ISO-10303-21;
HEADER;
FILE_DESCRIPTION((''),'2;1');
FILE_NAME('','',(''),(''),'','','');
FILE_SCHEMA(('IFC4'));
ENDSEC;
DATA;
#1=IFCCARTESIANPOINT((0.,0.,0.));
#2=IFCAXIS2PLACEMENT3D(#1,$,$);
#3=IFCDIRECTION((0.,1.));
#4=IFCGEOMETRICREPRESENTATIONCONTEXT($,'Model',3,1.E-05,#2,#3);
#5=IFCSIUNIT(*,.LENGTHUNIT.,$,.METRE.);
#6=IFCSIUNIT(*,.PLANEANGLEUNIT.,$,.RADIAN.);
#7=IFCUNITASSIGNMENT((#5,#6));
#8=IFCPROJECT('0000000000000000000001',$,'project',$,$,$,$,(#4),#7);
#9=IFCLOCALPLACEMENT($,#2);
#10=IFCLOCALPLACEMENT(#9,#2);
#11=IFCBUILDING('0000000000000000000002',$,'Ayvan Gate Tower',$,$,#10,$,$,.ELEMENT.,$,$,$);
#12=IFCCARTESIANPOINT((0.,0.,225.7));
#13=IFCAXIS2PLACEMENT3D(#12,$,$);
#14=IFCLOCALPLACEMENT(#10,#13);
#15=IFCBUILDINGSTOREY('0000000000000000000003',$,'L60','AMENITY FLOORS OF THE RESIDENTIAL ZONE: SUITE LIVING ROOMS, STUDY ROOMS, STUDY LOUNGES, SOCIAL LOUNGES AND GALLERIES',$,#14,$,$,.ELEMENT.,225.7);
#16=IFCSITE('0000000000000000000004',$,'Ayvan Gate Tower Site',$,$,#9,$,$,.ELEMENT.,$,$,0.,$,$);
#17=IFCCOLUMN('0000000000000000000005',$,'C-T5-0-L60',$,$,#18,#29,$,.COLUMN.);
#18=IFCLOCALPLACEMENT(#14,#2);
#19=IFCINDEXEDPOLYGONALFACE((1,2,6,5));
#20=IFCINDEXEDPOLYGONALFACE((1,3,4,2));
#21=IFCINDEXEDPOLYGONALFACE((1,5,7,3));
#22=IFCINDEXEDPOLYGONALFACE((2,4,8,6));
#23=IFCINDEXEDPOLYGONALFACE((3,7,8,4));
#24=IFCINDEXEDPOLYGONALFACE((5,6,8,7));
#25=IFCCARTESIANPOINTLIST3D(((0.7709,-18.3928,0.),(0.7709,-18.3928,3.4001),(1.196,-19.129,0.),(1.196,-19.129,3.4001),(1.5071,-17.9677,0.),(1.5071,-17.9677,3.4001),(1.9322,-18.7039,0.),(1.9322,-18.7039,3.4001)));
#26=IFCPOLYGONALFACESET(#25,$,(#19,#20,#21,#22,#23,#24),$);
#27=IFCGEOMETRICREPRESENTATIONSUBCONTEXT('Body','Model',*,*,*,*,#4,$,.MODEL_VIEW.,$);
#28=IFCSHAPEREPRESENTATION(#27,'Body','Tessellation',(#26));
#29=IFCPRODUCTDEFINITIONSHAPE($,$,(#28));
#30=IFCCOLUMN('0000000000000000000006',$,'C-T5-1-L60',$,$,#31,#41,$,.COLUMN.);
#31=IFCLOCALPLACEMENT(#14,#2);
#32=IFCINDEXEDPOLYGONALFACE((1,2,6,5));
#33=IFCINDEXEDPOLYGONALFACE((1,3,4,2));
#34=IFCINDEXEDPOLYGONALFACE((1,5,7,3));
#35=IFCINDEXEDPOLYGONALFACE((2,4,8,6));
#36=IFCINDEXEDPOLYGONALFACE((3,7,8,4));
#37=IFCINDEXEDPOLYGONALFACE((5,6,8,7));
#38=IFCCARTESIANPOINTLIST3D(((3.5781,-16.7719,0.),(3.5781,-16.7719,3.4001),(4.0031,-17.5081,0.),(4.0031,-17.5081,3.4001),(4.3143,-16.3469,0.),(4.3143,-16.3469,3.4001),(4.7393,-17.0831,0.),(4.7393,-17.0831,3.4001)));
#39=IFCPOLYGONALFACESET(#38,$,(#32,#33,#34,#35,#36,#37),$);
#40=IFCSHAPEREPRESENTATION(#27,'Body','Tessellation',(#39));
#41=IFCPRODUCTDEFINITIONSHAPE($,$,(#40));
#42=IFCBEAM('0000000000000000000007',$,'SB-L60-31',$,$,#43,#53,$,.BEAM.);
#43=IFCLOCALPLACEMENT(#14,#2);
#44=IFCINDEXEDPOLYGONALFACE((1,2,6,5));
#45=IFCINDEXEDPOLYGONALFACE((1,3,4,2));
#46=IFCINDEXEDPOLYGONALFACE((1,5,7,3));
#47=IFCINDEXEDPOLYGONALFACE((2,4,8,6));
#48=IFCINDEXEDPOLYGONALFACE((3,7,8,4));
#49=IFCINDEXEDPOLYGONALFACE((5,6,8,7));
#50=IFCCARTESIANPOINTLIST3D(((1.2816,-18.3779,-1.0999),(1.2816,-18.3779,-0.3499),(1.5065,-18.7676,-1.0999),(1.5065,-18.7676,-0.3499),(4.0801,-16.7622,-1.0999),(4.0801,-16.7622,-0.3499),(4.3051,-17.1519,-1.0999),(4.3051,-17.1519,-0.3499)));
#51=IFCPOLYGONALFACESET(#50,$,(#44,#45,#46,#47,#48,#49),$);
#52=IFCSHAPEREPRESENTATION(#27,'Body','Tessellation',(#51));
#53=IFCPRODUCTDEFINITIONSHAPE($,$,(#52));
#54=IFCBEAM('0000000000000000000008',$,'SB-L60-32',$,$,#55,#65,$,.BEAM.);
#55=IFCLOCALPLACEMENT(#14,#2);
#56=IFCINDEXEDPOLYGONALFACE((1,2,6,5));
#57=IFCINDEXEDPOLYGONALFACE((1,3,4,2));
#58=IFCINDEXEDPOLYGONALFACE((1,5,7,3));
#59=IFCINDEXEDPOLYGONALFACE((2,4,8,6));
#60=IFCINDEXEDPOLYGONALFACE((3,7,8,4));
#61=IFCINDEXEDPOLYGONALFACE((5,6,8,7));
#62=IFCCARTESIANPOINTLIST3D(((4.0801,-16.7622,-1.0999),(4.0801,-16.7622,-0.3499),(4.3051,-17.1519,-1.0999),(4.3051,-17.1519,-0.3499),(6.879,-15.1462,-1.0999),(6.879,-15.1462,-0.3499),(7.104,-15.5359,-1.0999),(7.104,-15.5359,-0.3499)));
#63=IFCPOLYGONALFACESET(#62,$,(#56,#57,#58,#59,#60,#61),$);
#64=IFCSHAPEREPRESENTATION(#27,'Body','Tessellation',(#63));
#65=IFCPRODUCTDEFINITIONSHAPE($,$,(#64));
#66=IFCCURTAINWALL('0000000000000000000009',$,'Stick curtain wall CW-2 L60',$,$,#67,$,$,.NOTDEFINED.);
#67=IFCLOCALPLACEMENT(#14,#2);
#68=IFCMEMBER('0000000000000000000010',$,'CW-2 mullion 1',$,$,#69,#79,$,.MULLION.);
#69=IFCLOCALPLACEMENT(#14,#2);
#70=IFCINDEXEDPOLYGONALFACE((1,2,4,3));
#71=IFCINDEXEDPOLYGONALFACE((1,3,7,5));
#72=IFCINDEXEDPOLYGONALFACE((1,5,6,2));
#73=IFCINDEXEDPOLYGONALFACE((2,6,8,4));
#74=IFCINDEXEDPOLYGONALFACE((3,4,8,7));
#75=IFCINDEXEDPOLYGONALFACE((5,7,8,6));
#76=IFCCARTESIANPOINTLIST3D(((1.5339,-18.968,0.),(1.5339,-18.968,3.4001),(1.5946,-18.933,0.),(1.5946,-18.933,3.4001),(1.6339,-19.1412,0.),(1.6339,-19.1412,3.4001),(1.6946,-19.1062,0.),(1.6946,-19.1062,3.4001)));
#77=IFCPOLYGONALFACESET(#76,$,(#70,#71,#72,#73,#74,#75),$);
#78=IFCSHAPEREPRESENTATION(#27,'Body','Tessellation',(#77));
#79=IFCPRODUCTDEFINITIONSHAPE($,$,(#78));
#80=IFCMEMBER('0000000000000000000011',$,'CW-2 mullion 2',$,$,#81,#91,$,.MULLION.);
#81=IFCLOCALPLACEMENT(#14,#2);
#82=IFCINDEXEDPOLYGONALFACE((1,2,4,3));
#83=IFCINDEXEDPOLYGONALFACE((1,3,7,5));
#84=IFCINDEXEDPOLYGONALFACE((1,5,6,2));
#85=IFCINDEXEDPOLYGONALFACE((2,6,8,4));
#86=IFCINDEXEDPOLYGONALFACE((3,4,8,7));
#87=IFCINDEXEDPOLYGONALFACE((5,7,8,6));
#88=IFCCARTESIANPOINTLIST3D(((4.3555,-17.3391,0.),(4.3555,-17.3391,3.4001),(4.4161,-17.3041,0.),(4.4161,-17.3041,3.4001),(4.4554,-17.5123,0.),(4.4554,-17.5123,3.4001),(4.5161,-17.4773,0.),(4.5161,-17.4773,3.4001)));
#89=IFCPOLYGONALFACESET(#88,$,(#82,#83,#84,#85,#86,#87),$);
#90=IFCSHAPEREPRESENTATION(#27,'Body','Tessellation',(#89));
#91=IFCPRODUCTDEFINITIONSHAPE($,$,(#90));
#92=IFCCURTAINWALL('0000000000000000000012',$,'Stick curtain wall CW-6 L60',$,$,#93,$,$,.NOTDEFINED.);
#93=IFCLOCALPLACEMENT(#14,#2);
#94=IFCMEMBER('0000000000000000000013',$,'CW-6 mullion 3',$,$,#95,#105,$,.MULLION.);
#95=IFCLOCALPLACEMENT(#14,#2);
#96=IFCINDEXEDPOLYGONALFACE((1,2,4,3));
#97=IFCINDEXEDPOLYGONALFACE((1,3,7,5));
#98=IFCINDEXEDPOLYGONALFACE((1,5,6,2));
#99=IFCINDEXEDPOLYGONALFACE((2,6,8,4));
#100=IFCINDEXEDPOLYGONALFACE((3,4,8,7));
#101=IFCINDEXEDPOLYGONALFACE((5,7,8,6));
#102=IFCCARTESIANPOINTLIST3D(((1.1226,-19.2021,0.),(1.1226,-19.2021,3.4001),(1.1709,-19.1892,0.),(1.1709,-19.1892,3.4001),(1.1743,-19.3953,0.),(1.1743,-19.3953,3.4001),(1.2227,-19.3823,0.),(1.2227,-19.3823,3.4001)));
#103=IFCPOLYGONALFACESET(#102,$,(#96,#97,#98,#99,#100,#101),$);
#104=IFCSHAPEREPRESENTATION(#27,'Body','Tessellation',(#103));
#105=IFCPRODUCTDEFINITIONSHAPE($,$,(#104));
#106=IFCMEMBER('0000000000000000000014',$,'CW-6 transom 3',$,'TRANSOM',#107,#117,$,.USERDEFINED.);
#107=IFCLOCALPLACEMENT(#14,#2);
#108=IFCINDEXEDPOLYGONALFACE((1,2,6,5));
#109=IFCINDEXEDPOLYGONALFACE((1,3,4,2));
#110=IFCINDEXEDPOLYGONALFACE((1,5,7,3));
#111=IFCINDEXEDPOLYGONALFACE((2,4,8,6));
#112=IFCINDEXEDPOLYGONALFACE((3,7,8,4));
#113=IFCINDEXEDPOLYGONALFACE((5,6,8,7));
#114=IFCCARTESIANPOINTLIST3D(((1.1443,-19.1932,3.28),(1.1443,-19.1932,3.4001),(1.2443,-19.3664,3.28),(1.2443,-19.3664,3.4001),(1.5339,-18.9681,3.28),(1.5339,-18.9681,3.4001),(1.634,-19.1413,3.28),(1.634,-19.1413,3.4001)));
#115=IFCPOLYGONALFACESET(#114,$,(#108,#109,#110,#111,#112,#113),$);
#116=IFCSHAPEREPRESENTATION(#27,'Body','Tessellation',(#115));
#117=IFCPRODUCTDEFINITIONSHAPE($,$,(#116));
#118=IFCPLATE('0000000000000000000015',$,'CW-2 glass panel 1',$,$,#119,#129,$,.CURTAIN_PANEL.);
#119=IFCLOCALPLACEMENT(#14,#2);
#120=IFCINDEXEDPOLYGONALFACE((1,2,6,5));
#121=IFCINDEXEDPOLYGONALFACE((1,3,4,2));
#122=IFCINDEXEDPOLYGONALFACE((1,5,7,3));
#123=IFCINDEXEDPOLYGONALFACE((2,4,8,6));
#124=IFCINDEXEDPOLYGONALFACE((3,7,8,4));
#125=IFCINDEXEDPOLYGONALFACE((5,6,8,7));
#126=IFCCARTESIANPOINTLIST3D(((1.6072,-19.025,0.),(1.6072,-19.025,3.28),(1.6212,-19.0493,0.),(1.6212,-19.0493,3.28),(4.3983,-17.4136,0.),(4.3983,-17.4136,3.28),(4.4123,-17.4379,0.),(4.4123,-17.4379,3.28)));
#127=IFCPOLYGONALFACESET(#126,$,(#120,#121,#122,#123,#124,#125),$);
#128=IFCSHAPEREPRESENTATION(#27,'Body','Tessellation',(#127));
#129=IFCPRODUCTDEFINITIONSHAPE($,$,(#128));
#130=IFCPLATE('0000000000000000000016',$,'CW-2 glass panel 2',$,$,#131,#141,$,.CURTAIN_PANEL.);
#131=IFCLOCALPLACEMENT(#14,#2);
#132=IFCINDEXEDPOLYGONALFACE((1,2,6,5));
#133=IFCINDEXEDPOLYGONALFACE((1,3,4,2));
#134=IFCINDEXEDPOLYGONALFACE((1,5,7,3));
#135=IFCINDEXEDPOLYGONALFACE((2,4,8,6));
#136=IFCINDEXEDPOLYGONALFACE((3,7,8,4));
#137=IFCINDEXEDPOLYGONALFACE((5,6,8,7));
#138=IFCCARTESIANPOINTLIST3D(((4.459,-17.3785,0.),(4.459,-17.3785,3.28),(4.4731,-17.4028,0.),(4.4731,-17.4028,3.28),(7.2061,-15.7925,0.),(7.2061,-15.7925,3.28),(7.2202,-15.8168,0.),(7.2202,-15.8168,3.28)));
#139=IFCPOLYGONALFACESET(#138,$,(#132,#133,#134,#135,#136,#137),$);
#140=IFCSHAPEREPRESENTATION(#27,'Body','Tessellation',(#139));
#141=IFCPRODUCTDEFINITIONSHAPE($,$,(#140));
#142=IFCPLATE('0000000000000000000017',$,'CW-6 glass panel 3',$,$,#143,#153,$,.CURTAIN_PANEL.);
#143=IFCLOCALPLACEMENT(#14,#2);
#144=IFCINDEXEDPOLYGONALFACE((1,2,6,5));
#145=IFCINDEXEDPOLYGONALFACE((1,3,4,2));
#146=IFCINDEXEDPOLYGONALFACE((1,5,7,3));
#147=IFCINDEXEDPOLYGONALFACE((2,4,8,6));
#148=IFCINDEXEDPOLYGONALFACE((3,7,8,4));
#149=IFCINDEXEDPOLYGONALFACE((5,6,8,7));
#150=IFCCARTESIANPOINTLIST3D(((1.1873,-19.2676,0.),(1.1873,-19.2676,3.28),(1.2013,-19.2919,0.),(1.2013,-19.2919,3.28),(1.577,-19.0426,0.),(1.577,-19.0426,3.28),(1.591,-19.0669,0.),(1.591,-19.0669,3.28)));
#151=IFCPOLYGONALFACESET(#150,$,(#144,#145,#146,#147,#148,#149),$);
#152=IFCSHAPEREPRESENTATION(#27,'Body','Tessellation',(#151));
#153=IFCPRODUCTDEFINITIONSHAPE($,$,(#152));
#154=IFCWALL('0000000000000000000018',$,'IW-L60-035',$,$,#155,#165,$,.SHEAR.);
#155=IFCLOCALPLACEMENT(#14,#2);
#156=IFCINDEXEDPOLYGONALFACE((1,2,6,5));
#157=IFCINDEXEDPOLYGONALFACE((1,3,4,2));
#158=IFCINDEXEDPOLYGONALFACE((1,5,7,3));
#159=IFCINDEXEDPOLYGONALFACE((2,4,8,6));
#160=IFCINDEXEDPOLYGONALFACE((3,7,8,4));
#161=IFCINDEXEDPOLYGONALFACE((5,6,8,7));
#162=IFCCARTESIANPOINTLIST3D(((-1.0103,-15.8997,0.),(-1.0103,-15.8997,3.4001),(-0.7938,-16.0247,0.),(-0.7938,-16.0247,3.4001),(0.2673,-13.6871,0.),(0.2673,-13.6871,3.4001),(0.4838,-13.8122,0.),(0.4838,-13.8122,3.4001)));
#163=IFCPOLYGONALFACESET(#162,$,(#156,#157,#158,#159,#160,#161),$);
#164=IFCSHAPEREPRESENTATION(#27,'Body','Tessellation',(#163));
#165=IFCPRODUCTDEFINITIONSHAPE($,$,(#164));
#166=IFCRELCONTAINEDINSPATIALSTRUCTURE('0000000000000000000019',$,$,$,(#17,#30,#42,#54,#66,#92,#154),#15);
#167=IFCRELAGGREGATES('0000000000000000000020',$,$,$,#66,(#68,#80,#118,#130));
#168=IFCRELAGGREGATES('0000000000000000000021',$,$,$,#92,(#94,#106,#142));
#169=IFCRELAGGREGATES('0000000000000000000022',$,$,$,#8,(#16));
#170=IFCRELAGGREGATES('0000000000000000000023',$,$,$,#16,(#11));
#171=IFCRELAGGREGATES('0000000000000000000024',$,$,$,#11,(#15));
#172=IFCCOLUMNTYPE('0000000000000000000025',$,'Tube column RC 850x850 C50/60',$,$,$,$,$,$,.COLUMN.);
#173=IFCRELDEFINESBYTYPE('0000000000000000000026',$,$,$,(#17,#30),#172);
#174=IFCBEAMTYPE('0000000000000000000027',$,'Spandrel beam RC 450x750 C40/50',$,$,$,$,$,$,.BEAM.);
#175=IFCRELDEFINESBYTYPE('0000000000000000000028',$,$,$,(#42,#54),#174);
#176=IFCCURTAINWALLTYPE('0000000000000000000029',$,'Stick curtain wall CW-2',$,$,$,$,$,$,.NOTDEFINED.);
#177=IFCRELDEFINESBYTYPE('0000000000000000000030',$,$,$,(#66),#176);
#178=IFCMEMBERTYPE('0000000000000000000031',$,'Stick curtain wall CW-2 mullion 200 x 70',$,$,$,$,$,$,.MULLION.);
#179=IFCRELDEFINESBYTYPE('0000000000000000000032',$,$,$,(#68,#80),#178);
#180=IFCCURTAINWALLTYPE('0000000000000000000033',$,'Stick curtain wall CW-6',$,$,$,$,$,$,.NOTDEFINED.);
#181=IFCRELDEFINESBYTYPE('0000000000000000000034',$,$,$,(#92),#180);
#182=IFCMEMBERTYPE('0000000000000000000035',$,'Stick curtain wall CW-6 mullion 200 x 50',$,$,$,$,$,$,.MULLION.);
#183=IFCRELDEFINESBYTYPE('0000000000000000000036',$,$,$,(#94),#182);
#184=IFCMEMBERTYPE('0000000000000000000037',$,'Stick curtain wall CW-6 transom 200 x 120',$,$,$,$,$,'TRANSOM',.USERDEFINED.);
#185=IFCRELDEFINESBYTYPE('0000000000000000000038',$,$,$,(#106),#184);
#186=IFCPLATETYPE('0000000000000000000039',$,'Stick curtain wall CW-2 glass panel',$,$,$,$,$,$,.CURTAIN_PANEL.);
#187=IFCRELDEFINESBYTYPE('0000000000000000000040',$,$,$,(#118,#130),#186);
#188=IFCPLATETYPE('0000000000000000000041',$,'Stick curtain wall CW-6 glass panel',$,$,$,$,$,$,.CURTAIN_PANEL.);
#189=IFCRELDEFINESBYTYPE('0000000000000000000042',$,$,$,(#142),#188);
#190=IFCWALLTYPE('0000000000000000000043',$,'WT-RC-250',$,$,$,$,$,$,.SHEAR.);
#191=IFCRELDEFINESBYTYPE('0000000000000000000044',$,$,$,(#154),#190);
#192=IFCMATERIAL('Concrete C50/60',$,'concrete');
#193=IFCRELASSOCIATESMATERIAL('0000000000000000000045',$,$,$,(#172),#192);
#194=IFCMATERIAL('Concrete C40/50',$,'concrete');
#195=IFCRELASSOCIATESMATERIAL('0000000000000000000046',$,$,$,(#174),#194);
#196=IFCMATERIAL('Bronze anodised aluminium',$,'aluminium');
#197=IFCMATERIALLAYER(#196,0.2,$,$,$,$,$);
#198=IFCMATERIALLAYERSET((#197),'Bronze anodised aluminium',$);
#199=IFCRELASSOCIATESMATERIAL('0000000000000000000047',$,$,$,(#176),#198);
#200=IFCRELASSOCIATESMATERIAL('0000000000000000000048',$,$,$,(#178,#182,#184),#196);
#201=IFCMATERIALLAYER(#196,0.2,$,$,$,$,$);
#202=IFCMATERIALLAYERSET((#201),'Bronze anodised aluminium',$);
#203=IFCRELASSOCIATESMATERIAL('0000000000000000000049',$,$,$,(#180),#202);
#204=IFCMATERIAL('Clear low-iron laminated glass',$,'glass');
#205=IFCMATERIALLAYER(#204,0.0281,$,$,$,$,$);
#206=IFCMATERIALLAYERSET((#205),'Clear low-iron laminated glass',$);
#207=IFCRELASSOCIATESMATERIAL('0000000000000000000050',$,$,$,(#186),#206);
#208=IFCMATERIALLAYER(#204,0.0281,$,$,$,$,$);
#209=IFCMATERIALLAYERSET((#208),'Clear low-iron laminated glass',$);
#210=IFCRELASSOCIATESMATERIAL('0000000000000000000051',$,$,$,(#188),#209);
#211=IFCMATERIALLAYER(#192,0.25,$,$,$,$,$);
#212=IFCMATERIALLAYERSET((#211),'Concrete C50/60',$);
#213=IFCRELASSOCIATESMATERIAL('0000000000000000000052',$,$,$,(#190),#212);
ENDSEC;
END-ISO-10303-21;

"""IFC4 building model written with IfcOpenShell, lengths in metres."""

from ifc_helpers import new_model, si_unit, direction, frame, frame_2d, origin, origin_2d, place, context, subcontext, project, spatial, rectangle, extrude, material, layer, layer_set, material_profile, profile_set, type_object, element, aggregate, save


model = new_model("IFC4")

# Units and contexts
model_context = context("Model", 3, precision=1e-05, world=origin(), true_north=direction((0.0, 1.0)))
body_context = subcontext(model_context, "Body", "Model", "MODEL_VIEW")
ifc_project = project(units=[si_unit("LENGTHUNIT", "METRE"), si_unit("PLANEANGLEUNIT", "RADIAN")], contexts=[model_context])

# Site, building, storey
site_placement = place(None, origin())
site = spatial("IfcSite", under=ifc_project, at=site_placement, Name="Ayvan Gate Tower Site", CompositionType="ELEMENT", RefElevation=0.0)
building_placement = place(site_placement, origin())
building = spatial("IfcBuilding", under=site, at=building_placement, Name="Ayvan Gate Tower", CompositionType="ELEMENT")
storey_placement = place(building_placement, frame((0.0, 0.0, 225.7)))
storey = spatial("IfcBuildingStorey", under=building, at=storey_placement, Name="L60", Description="AMENITY FLOORS OF THE RESIDENTIAL ZONE: SUITE LIVING ROOMS, STUDY ROOMS, STUDY LOUNGES, SOCIAL LOUNGES AND GALLERIES", CompositionType="ELEMENT", Elevation=225.7)

# Columns
ifc_material_1 = material(Name="Concrete C50/60", Category="concrete")
ifc_material_profile_1 = material_profile(ifc_material_1, rectangle(XDim=0.8501, YDim=0.8501, at=origin_2d()), Name="RC 850x850")
ifc_profile_set_1 = profile_set([ifc_material_profile_1], Name="Concrete C50/60")
column_type = type_object("IfcColumnType", Name="Tube column RC 850x850 C50/60", PredefinedType="COLUMN", material=ifc_profile_set_1)
for number, where, z_axis, x_axis, name in (
    (1, (1.3516, -18.5483, 0.0), (0.0, 0.0, 1.0), (0.5, -0.866025, 0.0), "C-T5-0-L60"),
    (2, (4.1587, -16.9275, 0.0), (0.0, 0.0, 1.0), (0.5, -0.866025, 0.0), "C-T5-1-L60"),
):
    element("IfcColumn", number, at=place(storey_placement, frame(where, z_axis=z_axis, x_axis=x_axis)), inside=storey, type_object=column_type, Name=name, PredefinedType="COLUMN", context=body_context, shape_type="SweptSolid", body=[
        extrude(rectangle(XDim=0.8501, YDim=0.8501, at=origin_2d()), origin(), (0.0, 0.0, 1.0), 3.4001),
    ])

# Beams
ifc_material_2 = material(Name="Concrete C40/50", Category="concrete")
ifc_material_profile_2 = material_profile(ifc_material_2, rectangle(XDim=0.45, YDim=0.75, at=origin_2d()), Name="RC 450x750")
ifc_profile_set_2 = profile_set([ifc_material_profile_2], Name="Concrete C40/50")
beam_type = type_object("IfcBeamType", Name="Spandrel beam RC 450x750 C40/50", PredefinedType="BEAM", material=ifc_profile_set_2)
beam_1_placement = place(storey_placement, frame((1.394, -18.5728, -0.7249), z_axis=(0.866031, 0.499991, 0.0), x_axis=(-0.499991, 0.866031, 0.0)))
element("IfcBeam", 3, at=beam_1_placement, inside=storey, type_object=beam_type, Name="SB-L60-31", PredefinedType="BEAM", context=body_context, shape_type="SweptSolid", body=[
    extrude(rectangle(XDim=0.45, YDim=0.75, at=origin_2d()), origin(), (0.0, 0.0, 1.0), 3.2314),
])
beam_2_placement = place(storey_placement, frame((4.1926, -16.957, -0.7249), z_axis=(0.866017, 0.500015, 0.0), x_axis=(-0.500015, 0.866017, 0.0)))
element("IfcBeam", 4, at=beam_2_placement, inside=storey, type_object=beam_type, Name="SB-L60-32", PredefinedType="BEAM", context=body_context, shape_type="SweptSolid", body=[
    extrude(rectangle(XDim=0.45, YDim=0.75, at=origin_2d()), origin(), (0.0, 0.0, 1.0), 3.2319),
])

# Curtain walls, members
ifc_material_3 = material(Name="Bronze anodised aluminium", Category="aluminium")
ifc_layer_1 = layer(ifc_material_3, 0.2)
ifc_layer_set_1 = layer_set([ifc_layer_1], Name="Bronze anodised aluminium")
curtain_wall_type_1 = type_object("IfcCurtainWallType", Name="Stick curtain wall CW-2", PredefinedType="NOTDEFINED", material=ifc_layer_set_1)
curtain_wall_1_placement = place(storey_placement, origin())
curtain_wall_1 = element("IfcCurtainWall", 5, at=curtain_wall_1_placement, inside=storey, type_object=curtain_wall_type_1, Name="Stick curtain wall CW-2 L60", PredefinedType="NOTDEFINED")
ifc_material_profile_3 = material_profile(ifc_material_3, rectangle(XDim=0.2, YDim=0.0701, at=origin_2d()), Name="Stick curtain wall CW-2 mullion 200 x 70")
ifc_profile_set_3 = profile_set([ifc_material_profile_3], Name="Bronze anodised aluminium")
member_type_1 = type_object("IfcMemberType", Name="Stick curtain wall CW-2 mullion 200 x 70", PredefinedType="MULLION", material=ifc_profile_set_3)
member_1_placement = place(storey_placement, frame((1.6143, -19.0371, 0.0), z_axis=(0.0, 0.0, 1.0), x_axis=(0.5, -0.866025, 0.0)))
member_1 = element("IfcMember", 6, at=member_1_placement, type_object=member_type_1, Name="CW-2 mullion 1", PredefinedType="MULLION", context=body_context, shape_type="SweptSolid", body=[
    extrude(rectangle(XDim=0.2, YDim=0.0701, at=origin_2d()), origin(), (0.0, 0.0, 1.0), 3.4001),
])
member_2_placement = place(storey_placement, frame((4.4358, -17.4082, 0.0), z_axis=(0.0, 0.0, 1.0), x_axis=(0.5, -0.866025, 0.0)))
member_2 = element("IfcMember", 7, at=member_2_placement, type_object=member_type_1, Name="CW-2 mullion 2", PredefinedType="MULLION", context=body_context, shape_type="SweptSolid", body=[
    extrude(rectangle(XDim=0.2, YDim=0.0701, at=origin_2d()), origin(), (0.0, 0.0, 1.0), 3.4001),
])
ifc_layer_2 = layer(ifc_material_3, 0.2)
ifc_layer_set_2 = layer_set([ifc_layer_2], Name="Bronze anodised aluminium")
curtain_wall_type_2 = type_object("IfcCurtainWallType", Name="Stick curtain wall CW-6", PredefinedType="NOTDEFINED", material=ifc_layer_set_2)
curtain_wall_2_placement = place(storey_placement, origin())
curtain_wall_2 = element("IfcCurtainWall", 8, at=curtain_wall_2_placement, inside=storey, type_object=curtain_wall_type_2, Name="Stick curtain wall CW-6 L60", PredefinedType="NOTDEFINED")
ifc_material_profile_4 = material_profile(ifc_material_3, rectangle(XDim=0.2, YDim=0.05, at=origin_2d()), Name="Stick curtain wall CW-6 mullion 200 x 50")
ifc_profile_set_4 = profile_set([ifc_material_profile_4], Name="Bronze anodised aluminium")
member_type_2 = type_object("IfcMemberType", Name="Stick curtain wall CW-6 mullion 200 x 50", PredefinedType="MULLION", material=ifc_profile_set_4)
member_3_placement = place(storey_placement, frame((1.1726, -19.2922, 0.0), z_axis=(0.0, 0.0, 1.0), x_axis=(0.258819, -0.965926, 0.0)))
member_3 = element("IfcMember", 9, at=member_3_placement, type_object=member_type_2, Name="CW-6 mullion 3", PredefinedType="MULLION", context=body_context, shape_type="SweptSolid", body=[
    extrude(rectangle(XDim=0.2, YDim=0.05, at=origin_2d()), origin(), (0.0, 0.0, 1.0), 3.4001),
])
ifc_material_profile_5 = material_profile(ifc_material_3, rectangle(XDim=0.2, YDim=0.1201, at=origin_2d()), Name="Stick curtain wall CW-6 transom 200 x 120")
ifc_profile_set_5 = profile_set([ifc_material_profile_5], Name="Bronze anodised aluminium")
member_type_3 = type_object("IfcMemberType", Name="Stick curtain wall CW-6 transom 200 x 120", ElementType="TRANSOM", PredefinedType="USERDEFINED", material=ifc_profile_set_5)
member_4_placement = place(storey_placement, frame((1.1943, -19.2798, 3.3401), z_axis=(0.865896, 0.500223, 0.0), x_axis=(-0.500223, 0.865896, 0.0)))
member_4 = element("IfcMember", 10, at=member_4_placement, type_object=member_type_3, Name="CW-6 transom 3", ObjectType="TRANSOM", PredefinedType="USERDEFINED", context=body_context, shape_type="SweptSolid", body=[
    extrude(rectangle(XDim=0.2, YDim=0.1201, at=origin_2d()), origin(), (0.0, 0.0, 1.0), 0.45),
])

# Plates
ifc_material_4 = material(Name="Clear low-iron laminated glass", Category="glass")
ifc_layer_3 = layer(ifc_material_4, 0.0281)
ifc_layer_set_3 = layer_set([ifc_layer_3], Name="Clear low-iron laminated glass")
plate_type_1 = type_object("IfcPlateType", Name="Stick curtain wall CW-2 glass panel", PredefinedType="CURTAIN_PANEL", material=ifc_layer_set_3)
plate_1_placement = place(storey_placement, frame((3.0098, -18.2314, 0.0), z_axis=(0.0, 0.0, 1.0), x_axis=(0.866025, 0.5, 0.0)))
plate_1 = element("IfcPlate", 11, at=plate_1_placement, type_object=plate_type_1, Name="CW-2 glass panel 1", PredefinedType="CURTAIN_PANEL", context=body_context, shape_type="SweptSolid", body=[
    extrude(rectangle(XDim=3.2229, YDim=0.0281, at=origin_2d()), origin(), (0.0, 0.0, 1.0), 3.28),
])
plate_2_placement = place(storey_placement, frame((5.8396, -16.5977, 0.0), z_axis=(0.0, 0.0, 1.0), x_axis=(0.866025, 0.5, 0.0)))
plate_2 = element("IfcPlate", 12, at=plate_2_placement, type_object=plate_type_1, Name="CW-2 glass panel 2", PredefinedType="CURTAIN_PANEL", context=body_context, shape_type="SweptSolid", body=[
    extrude(rectangle(XDim=3.1721, YDim=0.0281, at=origin_2d()), origin(), (0.0, 0.0, 1.0), 3.28),
])
aggregate(curtain_wall_1, [member_1, member_2, plate_1, plate_2])
ifc_layer_4 = layer(ifc_material_4, 0.0281)
ifc_layer_set_4 = layer_set([ifc_layer_4], Name="Clear low-iron laminated glass")
plate_type_2 = type_object("IfcPlateType", Name="Stick curtain wall CW-6 glass panel", PredefinedType="CURTAIN_PANEL", material=ifc_layer_set_4)
plate_3_placement = place(storey_placement, frame((1.3892, -19.1672, 0.0), z_axis=(0.0, 0.0, 1.0), x_axis=(0.866025, 0.5, 0.0)))
plate_3 = element("IfcPlate", 13, at=plate_3_placement, type_object=plate_type_2, Name="CW-6 glass panel 3", PredefinedType="CURTAIN_PANEL", context=body_context, shape_type="SweptSolid", body=[
    extrude(rectangle(XDim=0.45, YDim=0.0281, at=origin_2d()), origin(), (0.0, 0.0, 1.0), 3.28),
])
aggregate(curtain_wall_2, [member_3, member_4, plate_3])

# Wall
ifc_layer_5 = layer(ifc_material_1, 0.25)
ifc_layer_set_5 = layer_set([ifc_layer_5], Name="Concrete C50/60")
wall_type = type_object("IfcWallType", Name="WT-RC-250", PredefinedType="SHEAR", material=ifc_layer_set_5)
wall_1_placement = place(storey_placement, frame((0.3755, -13.7498, 0.0), z_axis=(0.0, 0.0, 1.0), x_axis=(-0.500034, -0.866006, 0.0)))
element("IfcWall", 14, at=wall_1_placement, inside=storey, type_object=wall_type, Name="IW-L60-035", PredefinedType="SHEAR", context=body_context, shape_type="SweptSolid", body=[
    extrude(rectangle(XDim=2.5549, YDim=0.25, at=frame_2d((1.2773, 0.0))), origin(), (0.0, 0.0, 1.0), 3.4001),
])

save(model, "model.ifc")
